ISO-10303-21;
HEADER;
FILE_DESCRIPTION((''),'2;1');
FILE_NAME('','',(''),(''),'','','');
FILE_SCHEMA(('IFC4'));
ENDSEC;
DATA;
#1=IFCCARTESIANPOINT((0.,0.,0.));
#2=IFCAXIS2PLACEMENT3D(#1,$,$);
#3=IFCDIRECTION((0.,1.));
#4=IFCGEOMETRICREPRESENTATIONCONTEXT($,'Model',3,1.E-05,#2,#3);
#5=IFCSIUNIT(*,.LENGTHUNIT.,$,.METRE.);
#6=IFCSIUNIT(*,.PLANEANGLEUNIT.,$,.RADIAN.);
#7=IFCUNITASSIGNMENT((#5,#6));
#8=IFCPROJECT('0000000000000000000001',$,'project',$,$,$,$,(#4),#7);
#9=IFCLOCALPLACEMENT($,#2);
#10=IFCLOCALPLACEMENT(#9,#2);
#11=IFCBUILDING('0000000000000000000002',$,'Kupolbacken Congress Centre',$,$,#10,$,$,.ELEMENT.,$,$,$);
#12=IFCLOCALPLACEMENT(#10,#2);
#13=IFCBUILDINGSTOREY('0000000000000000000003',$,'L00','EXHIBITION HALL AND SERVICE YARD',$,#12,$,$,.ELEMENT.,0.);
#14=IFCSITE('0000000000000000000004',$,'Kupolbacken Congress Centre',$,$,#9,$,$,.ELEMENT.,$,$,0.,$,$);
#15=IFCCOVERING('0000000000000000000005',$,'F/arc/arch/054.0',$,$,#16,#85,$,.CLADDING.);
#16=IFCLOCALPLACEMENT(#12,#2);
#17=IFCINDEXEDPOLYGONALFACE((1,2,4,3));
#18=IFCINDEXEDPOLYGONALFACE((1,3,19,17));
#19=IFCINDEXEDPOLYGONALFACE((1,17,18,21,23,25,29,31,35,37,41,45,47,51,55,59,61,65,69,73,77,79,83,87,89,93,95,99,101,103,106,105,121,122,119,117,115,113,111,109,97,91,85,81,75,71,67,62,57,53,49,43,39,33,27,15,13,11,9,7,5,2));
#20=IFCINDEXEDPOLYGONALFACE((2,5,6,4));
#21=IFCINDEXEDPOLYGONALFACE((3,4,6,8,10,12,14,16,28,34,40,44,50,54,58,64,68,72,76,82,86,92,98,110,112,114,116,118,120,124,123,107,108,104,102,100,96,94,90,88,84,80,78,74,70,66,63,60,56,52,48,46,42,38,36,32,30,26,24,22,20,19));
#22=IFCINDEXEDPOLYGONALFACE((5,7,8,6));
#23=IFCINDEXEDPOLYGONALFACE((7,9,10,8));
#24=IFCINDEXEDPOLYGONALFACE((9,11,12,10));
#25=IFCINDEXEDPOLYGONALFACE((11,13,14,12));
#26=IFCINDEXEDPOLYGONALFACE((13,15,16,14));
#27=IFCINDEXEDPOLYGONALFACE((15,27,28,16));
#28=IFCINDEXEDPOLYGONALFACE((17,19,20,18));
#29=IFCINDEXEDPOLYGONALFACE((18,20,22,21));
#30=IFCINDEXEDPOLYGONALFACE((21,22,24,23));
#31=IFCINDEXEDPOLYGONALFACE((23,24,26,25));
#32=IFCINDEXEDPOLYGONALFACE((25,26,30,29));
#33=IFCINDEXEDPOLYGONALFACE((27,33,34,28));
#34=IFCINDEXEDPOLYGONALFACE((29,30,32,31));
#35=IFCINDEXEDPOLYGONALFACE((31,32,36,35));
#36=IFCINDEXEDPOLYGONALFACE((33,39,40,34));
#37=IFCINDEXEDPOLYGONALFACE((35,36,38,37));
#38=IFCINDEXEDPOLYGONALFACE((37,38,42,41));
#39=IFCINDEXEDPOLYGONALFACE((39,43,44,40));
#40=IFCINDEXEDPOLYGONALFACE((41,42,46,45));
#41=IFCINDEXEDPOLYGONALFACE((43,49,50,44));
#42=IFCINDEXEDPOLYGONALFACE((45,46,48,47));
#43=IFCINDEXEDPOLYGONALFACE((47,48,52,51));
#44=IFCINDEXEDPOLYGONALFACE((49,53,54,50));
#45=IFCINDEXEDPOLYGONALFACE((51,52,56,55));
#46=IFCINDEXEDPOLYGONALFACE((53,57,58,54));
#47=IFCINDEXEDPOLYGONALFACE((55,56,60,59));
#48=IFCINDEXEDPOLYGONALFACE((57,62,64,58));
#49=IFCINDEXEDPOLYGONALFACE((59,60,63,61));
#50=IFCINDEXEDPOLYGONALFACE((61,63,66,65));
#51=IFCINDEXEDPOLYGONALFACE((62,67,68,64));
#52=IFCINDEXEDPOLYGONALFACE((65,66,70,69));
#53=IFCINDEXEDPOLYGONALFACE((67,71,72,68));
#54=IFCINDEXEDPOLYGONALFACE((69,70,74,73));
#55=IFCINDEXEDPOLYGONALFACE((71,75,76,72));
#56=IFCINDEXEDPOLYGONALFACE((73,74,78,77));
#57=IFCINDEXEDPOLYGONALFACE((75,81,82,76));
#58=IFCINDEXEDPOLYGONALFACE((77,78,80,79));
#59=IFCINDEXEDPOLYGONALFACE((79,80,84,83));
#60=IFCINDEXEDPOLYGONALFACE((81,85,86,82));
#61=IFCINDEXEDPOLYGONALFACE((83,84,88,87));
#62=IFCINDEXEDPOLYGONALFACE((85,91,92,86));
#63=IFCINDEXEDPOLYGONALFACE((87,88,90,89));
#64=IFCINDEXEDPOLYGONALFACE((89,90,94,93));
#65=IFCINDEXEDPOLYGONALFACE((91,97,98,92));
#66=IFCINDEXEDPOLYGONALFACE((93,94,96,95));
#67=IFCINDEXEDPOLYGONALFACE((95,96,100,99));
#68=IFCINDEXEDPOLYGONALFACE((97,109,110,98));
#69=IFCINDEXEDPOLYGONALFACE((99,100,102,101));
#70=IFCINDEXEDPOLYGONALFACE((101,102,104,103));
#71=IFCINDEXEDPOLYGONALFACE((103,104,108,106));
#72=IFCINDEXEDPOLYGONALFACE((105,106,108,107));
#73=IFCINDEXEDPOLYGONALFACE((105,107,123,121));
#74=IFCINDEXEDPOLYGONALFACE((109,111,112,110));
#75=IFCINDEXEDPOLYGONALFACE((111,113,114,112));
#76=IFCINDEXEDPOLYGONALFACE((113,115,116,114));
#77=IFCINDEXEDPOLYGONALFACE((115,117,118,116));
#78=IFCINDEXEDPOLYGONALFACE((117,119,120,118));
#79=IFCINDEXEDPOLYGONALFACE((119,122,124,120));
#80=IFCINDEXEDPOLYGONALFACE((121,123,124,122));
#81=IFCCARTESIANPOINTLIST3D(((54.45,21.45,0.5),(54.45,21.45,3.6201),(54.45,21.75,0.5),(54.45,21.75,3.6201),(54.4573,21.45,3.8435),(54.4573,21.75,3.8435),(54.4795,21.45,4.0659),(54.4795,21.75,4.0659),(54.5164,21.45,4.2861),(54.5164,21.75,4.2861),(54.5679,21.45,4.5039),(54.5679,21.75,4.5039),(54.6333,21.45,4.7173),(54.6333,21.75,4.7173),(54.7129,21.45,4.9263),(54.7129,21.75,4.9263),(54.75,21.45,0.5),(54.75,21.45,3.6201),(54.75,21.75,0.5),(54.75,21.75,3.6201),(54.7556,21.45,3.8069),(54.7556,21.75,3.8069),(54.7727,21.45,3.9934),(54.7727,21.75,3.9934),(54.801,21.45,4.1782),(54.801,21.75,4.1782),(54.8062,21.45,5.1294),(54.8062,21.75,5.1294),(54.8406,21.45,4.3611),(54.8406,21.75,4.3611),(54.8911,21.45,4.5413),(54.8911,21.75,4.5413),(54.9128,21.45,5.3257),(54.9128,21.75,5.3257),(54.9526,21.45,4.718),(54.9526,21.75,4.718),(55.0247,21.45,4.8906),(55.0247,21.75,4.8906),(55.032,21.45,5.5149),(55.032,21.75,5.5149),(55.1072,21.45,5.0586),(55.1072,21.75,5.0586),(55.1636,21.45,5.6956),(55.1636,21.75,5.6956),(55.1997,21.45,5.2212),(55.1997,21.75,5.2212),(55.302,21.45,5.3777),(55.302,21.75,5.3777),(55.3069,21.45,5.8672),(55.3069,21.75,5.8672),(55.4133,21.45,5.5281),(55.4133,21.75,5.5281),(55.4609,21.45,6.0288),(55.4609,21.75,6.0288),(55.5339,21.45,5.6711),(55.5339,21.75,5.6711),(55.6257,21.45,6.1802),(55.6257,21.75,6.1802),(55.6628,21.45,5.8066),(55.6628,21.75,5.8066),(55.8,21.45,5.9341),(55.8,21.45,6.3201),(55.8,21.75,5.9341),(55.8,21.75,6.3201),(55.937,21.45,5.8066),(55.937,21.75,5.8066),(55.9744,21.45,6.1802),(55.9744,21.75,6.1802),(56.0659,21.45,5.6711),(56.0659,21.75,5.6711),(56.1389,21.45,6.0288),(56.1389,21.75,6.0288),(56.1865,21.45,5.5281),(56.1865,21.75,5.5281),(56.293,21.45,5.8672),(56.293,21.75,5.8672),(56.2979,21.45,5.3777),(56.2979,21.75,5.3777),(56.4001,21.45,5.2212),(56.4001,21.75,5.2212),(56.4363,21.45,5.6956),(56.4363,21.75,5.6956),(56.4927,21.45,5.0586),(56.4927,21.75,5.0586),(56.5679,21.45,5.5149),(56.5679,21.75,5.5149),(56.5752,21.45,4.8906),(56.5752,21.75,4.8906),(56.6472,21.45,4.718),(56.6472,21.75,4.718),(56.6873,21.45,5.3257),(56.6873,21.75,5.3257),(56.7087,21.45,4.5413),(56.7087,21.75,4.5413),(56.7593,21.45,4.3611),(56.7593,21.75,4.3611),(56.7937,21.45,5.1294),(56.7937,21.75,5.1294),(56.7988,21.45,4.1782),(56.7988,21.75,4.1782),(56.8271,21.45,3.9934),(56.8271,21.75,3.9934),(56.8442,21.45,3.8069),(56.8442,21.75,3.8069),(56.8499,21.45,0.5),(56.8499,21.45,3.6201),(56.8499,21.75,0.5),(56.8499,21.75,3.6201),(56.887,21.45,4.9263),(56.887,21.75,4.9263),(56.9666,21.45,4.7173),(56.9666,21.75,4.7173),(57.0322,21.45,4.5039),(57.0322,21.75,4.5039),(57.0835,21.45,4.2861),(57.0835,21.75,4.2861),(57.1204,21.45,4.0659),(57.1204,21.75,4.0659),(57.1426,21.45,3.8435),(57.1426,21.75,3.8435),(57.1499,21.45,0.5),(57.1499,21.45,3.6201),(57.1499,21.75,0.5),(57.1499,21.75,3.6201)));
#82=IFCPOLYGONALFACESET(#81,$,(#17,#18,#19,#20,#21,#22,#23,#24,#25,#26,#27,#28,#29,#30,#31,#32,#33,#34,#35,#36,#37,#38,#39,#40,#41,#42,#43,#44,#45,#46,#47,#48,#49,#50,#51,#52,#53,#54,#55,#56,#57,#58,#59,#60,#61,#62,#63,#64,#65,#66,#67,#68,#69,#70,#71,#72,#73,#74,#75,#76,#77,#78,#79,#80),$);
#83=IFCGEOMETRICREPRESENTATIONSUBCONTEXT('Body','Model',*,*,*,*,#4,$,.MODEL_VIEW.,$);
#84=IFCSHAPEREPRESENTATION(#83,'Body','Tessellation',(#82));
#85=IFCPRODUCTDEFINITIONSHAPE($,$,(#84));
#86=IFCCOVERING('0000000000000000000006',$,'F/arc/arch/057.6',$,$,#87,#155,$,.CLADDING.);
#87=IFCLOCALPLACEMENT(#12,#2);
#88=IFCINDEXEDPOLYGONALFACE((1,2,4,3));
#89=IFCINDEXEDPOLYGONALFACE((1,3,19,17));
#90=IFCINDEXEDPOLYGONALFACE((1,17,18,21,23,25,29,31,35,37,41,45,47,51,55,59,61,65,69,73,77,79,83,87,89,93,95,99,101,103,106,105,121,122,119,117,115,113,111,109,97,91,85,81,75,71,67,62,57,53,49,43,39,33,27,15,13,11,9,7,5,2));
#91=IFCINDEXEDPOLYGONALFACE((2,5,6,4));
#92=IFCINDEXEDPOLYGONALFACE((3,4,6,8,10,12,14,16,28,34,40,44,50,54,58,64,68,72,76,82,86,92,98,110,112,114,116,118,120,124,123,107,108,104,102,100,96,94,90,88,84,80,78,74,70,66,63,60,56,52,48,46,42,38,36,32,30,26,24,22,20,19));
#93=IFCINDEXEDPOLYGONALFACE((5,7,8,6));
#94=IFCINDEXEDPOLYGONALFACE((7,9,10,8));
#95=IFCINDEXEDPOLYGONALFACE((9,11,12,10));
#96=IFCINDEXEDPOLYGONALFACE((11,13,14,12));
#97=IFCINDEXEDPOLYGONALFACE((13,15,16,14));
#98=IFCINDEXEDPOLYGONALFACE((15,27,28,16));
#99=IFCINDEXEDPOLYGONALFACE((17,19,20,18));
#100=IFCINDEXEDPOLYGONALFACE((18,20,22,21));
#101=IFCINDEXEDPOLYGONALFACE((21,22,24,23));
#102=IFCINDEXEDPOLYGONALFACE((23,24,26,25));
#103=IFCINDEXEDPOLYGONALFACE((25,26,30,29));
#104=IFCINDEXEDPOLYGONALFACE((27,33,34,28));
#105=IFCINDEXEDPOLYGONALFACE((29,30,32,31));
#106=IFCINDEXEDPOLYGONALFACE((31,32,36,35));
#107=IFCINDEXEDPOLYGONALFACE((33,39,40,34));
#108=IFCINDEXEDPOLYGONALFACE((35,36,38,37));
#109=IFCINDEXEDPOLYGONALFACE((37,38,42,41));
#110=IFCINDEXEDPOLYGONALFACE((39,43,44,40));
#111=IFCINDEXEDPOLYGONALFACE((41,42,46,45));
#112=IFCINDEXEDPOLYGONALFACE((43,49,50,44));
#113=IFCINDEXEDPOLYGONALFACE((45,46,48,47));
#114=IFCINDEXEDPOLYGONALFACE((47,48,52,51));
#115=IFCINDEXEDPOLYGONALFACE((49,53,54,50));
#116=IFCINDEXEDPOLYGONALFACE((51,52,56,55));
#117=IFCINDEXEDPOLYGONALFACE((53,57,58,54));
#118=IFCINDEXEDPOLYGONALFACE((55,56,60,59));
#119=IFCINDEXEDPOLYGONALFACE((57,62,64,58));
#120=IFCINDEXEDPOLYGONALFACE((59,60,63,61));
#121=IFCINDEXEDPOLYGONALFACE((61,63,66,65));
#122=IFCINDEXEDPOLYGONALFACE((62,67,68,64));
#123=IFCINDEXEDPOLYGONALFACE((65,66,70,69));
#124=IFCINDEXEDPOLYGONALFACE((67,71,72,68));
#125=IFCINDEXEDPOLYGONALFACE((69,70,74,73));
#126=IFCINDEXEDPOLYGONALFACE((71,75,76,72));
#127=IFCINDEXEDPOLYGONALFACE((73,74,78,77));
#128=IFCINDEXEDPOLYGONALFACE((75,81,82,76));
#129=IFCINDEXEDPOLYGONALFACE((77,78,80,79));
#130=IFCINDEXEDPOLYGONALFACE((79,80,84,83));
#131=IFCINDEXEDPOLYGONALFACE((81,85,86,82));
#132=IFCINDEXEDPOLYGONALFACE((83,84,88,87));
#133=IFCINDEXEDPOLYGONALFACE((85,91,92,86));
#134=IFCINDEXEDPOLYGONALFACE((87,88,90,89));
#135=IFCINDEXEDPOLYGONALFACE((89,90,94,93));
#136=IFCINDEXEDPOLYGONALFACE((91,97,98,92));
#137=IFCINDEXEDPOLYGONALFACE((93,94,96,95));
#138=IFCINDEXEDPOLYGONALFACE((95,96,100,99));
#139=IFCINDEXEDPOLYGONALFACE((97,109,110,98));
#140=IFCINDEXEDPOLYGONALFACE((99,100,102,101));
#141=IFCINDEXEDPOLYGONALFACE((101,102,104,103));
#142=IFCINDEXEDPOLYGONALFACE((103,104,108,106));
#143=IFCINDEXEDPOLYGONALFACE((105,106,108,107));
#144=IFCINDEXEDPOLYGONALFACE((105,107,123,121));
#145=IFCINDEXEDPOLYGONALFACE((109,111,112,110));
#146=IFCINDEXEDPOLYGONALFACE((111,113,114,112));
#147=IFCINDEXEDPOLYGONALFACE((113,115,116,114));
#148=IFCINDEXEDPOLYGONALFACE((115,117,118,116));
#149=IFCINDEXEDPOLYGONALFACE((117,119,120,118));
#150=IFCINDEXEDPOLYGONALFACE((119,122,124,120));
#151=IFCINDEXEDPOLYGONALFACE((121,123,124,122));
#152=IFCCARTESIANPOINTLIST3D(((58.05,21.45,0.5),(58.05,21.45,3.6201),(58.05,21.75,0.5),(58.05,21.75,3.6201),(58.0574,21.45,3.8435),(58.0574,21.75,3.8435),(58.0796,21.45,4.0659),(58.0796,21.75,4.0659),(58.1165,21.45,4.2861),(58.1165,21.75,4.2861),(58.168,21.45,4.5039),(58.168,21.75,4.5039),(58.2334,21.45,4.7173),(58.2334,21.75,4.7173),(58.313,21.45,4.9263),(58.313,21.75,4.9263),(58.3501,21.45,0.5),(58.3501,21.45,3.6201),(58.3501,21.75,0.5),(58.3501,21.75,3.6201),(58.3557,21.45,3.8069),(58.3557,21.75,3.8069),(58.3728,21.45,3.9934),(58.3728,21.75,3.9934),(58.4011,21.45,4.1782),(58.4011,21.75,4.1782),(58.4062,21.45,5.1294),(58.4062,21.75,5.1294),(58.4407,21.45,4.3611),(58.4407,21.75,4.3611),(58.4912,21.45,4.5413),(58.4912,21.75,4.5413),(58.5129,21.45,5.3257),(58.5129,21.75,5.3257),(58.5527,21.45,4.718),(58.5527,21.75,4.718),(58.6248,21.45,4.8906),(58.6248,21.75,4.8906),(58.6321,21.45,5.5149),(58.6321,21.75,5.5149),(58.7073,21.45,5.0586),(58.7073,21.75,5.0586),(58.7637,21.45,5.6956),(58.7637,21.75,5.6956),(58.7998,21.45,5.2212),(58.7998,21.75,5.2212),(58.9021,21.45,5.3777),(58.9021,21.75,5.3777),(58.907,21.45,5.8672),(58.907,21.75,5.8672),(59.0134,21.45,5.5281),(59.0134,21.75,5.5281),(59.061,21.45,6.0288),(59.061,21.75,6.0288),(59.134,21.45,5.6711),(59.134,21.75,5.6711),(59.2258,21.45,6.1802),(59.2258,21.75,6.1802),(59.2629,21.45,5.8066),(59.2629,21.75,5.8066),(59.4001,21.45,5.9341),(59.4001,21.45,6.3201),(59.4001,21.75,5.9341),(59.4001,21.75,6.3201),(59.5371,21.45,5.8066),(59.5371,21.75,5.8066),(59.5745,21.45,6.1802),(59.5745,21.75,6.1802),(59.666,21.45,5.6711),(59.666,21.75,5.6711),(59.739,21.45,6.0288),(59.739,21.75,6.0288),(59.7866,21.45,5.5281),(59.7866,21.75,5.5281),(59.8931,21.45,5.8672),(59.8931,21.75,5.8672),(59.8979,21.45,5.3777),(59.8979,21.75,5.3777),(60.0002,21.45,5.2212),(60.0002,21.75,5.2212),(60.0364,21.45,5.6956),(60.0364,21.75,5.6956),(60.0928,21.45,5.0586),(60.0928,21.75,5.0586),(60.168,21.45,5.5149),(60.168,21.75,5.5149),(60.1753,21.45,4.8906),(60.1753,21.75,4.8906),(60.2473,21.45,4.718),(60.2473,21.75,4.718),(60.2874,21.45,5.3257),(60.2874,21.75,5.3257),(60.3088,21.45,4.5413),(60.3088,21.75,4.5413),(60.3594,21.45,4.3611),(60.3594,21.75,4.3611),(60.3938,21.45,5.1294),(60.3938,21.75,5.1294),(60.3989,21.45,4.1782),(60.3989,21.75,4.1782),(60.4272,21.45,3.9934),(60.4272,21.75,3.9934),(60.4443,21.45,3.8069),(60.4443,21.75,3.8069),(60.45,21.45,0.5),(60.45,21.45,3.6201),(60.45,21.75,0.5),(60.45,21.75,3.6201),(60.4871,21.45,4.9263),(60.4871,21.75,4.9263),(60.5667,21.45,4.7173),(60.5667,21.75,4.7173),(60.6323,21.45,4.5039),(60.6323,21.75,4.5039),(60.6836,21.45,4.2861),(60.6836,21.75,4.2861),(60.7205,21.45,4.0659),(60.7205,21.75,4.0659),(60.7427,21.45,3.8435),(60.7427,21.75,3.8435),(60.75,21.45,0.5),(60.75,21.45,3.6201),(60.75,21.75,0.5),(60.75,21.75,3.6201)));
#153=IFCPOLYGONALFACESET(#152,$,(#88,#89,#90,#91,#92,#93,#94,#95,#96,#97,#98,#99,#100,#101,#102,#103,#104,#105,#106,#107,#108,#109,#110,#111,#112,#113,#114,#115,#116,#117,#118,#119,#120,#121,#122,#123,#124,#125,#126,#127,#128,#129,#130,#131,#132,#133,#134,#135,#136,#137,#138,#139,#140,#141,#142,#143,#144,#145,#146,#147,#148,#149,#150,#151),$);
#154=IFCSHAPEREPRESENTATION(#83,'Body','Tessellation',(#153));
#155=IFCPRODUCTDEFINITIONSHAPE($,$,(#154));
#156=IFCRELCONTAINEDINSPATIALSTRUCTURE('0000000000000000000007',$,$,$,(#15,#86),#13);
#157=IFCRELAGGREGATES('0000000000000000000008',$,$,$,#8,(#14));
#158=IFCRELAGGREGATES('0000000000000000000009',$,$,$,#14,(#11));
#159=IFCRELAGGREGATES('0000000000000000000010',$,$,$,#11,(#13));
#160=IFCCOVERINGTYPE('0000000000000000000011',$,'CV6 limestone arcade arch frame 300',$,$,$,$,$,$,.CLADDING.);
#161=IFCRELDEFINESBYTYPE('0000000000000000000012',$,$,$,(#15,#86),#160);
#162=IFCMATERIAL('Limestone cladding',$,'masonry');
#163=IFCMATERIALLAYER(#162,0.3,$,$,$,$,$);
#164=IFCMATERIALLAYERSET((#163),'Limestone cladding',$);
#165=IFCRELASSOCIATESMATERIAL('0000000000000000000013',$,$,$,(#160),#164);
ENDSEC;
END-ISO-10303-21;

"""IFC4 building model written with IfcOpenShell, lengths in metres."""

from ifc_helpers import new_model, si_unit, direction, frame, origin, place, context, subcontext, project, spatial, polyline, outline, extrude, material, layer, layer_set, type_object, element, save


model = new_model("IFC4")

# Units and contexts
model_context = context("Model", 3, precision=1e-05, world=origin(), true_north=direction((0.0, 1.0)))
body_context = subcontext(model_context, "Body", "Model", "MODEL_VIEW")
ifc_project = project(units=[si_unit("LENGTHUNIT", "METRE"), si_unit("PLANEANGLEUNIT", "RADIAN")], contexts=[model_context])

# Site, building, storey
site_placement = place(None, origin())
site = spatial("IfcSite", under=ifc_project, at=site_placement, Name="Kupolbacken Congress Centre", CompositionType="ELEMENT", RefElevation=0.0)
building_placement = place(site_placement, origin())
building = spatial("IfcBuilding", under=site, at=building_placement, Name="Kupolbacken Congress Centre", CompositionType="ELEMENT")
storey_placement = place(building_placement, origin())
storey = spatial("IfcBuildingStorey", under=building, at=storey_placement, Name="L00", Description="EXHIBITION HALL AND SERVICE YARD", CompositionType="ELEMENT", Elevation=0.0)

# Coverings
ifc_material_1 = material(Name="Limestone cladding", Category="masonry")
ifc_layer_1 = layer(ifc_material_1, 0.3)
ifc_layer_set_1 = layer_set([ifc_layer_1], Name="Limestone cladding")
covering_type = type_object("IfcCoveringType", Name="CV6 limestone arcade arch frame 300", PredefinedType="CLADDING", material=ifc_layer_set_1)
covering_1_placement = place(storey_placement, frame((54.45, 21.45, 0.5), z_axis=(0.0, 1.0, 0.0), x_axis=(-1.0, 0.0, 0.0)))
element("IfcCovering", 1, at=covering_1_placement, inside=storey, type_object=covering_type, Name="F/arc/arch/054.0", PredefinedType="CLADDING", context=body_context, shape_type="SweptSolid", body=[
    extrude(outline(polyline([(0.0, 0.0), (0.0, 3.1201), (-0.0073, 3.3435), (-0.0295, 3.5659), (-0.0664, 3.7861), (-0.1179, 4.0039), (-0.1833, 4.2173), (-0.2629, 4.4263), (-0.3562, 4.6294), (-0.4629, 4.8257), (-0.582, 5.0149), (-0.7136, 5.1956), (-0.8569, 5.3672), (-1.011, 5.5288), (-1.1758, 5.6802), (-1.3501, 5.8201), (-1.5244, 5.6802), (-1.689, 5.5288), (-1.843, 5.3672), (-1.9863, 5.1956), (-2.1179, 5.0149), (-2.2373, 4.8257), (-2.3438, 4.6294), (-2.437, 4.4263), (-2.5166, 4.2173), (-2.5823, 4.0039), (-2.6335, 3.7861), (-2.6704, 3.5659), (-2.6926, 3.3435), (-2.7, 3.1201), (-2.7, 0.0), (-2.3999, 0.0), (-2.3999, 3.1201), (-2.3943, 3.3069), (-2.3772, 3.4934), (-2.3489, 3.6782), (-2.3093, 3.8611), (-2.2588, 4.0413), (-2.1973, 4.218), (-2.1252, 4.3906), (-2.0427, 4.5586), (-1.9502, 4.7212), (-1.8479, 4.8777), (-1.7366, 5.0281), (-1.616, 5.1711), (-1.4871, 5.3066), (-1.3501, 5.4341), (-1.2129, 5.3066), (-1.084, 5.1711), (-0.9634, 5.0281), (-0.8521, 4.8777), (-0.7498, 4.7212), (-0.6572, 4.5586), (-0.5747, 4.3906), (-0.5027, 4.218), (-0.4412, 4.0413), (-0.3906, 3.8611), (-0.3511, 3.6782), (-0.3228, 3.4934), (-0.3057, 3.3069), (-0.3, 3.1201), (-0.3, 0.0), (0.0, 0.0)])), origin(), (0.0, 0.0, 1.0), 0.3),
])
covering_2_placement = place(storey_placement, frame((58.05, 21.45, 0.5), z_axis=(0.0, 1.0, 0.0), x_axis=(-1.0, 0.0, 0.0)))
element("IfcCovering", 2, at=covering_2_placement, inside=storey, type_object=covering_type, Name="F/arc/arch/057.6", PredefinedType="CLADDING", context=body_context, shape_type="SweptSolid", body=[
    extrude(outline(polyline([(0.0, 0.0), (0.0, 3.1201), (-0.0073, 3.3435), (-0.0295, 3.5659), (-0.0664, 3.7861), (-0.1179, 4.0039), (-0.1833, 4.2173), (-0.2629, 4.4263), (-0.3562, 4.6294), (-0.4629, 4.8257), (-0.582, 5.0149), (-0.7136, 5.1956), (-0.8569, 5.3672), (-1.011, 5.5288), (-1.1758, 5.6802), (-1.3501, 5.8201), (-1.5244, 5.6802), (-1.689, 5.5288), (-1.843, 5.3672), (-1.9863, 5.1956), (-2.1179, 5.0149), (-2.2373, 4.8257), (-2.3438, 4.6294), (-2.437, 4.4263), (-2.5166, 4.2173), (-2.5823, 4.0039), (-2.6335, 3.7861), (-2.6704, 3.5659), (-2.6926, 3.3435), (-2.7, 3.1201), (-2.7, 0.0), (-2.3999, 0.0), (-2.3999, 3.1201), (-2.3943, 3.3069), (-2.3772, 3.4934), (-2.3489, 3.6782), (-2.3093, 3.8611), (-2.2588, 4.0413), (-2.1973, 4.218), (-2.1252, 4.3906), (-2.0427, 4.5586), (-1.9502, 4.7212), (-1.8479, 4.8777), (-1.7366, 5.0281), (-1.616, 5.1711), (-1.4871, 5.3066), (-1.3501, 5.4341), (-1.2129, 5.3066), (-1.084, 5.1711), (-0.9634, 5.0281), (-0.8521, 4.8777), (-0.7498, 4.7212), (-0.6572, 4.5586), (-0.5747, 4.3906), (-0.5027, 4.218), (-0.4412, 4.0413), (-0.3906, 3.8611), (-0.3511, 3.6782), (-0.3228, 3.4934), (-0.3057, 3.3069), (-0.3, 3.1201), (-0.3, 0.0), (0.0, 0.0)])), origin(), (0.0, 0.0, 1.0), 0.3),
])

save(model, "model.ifc")
